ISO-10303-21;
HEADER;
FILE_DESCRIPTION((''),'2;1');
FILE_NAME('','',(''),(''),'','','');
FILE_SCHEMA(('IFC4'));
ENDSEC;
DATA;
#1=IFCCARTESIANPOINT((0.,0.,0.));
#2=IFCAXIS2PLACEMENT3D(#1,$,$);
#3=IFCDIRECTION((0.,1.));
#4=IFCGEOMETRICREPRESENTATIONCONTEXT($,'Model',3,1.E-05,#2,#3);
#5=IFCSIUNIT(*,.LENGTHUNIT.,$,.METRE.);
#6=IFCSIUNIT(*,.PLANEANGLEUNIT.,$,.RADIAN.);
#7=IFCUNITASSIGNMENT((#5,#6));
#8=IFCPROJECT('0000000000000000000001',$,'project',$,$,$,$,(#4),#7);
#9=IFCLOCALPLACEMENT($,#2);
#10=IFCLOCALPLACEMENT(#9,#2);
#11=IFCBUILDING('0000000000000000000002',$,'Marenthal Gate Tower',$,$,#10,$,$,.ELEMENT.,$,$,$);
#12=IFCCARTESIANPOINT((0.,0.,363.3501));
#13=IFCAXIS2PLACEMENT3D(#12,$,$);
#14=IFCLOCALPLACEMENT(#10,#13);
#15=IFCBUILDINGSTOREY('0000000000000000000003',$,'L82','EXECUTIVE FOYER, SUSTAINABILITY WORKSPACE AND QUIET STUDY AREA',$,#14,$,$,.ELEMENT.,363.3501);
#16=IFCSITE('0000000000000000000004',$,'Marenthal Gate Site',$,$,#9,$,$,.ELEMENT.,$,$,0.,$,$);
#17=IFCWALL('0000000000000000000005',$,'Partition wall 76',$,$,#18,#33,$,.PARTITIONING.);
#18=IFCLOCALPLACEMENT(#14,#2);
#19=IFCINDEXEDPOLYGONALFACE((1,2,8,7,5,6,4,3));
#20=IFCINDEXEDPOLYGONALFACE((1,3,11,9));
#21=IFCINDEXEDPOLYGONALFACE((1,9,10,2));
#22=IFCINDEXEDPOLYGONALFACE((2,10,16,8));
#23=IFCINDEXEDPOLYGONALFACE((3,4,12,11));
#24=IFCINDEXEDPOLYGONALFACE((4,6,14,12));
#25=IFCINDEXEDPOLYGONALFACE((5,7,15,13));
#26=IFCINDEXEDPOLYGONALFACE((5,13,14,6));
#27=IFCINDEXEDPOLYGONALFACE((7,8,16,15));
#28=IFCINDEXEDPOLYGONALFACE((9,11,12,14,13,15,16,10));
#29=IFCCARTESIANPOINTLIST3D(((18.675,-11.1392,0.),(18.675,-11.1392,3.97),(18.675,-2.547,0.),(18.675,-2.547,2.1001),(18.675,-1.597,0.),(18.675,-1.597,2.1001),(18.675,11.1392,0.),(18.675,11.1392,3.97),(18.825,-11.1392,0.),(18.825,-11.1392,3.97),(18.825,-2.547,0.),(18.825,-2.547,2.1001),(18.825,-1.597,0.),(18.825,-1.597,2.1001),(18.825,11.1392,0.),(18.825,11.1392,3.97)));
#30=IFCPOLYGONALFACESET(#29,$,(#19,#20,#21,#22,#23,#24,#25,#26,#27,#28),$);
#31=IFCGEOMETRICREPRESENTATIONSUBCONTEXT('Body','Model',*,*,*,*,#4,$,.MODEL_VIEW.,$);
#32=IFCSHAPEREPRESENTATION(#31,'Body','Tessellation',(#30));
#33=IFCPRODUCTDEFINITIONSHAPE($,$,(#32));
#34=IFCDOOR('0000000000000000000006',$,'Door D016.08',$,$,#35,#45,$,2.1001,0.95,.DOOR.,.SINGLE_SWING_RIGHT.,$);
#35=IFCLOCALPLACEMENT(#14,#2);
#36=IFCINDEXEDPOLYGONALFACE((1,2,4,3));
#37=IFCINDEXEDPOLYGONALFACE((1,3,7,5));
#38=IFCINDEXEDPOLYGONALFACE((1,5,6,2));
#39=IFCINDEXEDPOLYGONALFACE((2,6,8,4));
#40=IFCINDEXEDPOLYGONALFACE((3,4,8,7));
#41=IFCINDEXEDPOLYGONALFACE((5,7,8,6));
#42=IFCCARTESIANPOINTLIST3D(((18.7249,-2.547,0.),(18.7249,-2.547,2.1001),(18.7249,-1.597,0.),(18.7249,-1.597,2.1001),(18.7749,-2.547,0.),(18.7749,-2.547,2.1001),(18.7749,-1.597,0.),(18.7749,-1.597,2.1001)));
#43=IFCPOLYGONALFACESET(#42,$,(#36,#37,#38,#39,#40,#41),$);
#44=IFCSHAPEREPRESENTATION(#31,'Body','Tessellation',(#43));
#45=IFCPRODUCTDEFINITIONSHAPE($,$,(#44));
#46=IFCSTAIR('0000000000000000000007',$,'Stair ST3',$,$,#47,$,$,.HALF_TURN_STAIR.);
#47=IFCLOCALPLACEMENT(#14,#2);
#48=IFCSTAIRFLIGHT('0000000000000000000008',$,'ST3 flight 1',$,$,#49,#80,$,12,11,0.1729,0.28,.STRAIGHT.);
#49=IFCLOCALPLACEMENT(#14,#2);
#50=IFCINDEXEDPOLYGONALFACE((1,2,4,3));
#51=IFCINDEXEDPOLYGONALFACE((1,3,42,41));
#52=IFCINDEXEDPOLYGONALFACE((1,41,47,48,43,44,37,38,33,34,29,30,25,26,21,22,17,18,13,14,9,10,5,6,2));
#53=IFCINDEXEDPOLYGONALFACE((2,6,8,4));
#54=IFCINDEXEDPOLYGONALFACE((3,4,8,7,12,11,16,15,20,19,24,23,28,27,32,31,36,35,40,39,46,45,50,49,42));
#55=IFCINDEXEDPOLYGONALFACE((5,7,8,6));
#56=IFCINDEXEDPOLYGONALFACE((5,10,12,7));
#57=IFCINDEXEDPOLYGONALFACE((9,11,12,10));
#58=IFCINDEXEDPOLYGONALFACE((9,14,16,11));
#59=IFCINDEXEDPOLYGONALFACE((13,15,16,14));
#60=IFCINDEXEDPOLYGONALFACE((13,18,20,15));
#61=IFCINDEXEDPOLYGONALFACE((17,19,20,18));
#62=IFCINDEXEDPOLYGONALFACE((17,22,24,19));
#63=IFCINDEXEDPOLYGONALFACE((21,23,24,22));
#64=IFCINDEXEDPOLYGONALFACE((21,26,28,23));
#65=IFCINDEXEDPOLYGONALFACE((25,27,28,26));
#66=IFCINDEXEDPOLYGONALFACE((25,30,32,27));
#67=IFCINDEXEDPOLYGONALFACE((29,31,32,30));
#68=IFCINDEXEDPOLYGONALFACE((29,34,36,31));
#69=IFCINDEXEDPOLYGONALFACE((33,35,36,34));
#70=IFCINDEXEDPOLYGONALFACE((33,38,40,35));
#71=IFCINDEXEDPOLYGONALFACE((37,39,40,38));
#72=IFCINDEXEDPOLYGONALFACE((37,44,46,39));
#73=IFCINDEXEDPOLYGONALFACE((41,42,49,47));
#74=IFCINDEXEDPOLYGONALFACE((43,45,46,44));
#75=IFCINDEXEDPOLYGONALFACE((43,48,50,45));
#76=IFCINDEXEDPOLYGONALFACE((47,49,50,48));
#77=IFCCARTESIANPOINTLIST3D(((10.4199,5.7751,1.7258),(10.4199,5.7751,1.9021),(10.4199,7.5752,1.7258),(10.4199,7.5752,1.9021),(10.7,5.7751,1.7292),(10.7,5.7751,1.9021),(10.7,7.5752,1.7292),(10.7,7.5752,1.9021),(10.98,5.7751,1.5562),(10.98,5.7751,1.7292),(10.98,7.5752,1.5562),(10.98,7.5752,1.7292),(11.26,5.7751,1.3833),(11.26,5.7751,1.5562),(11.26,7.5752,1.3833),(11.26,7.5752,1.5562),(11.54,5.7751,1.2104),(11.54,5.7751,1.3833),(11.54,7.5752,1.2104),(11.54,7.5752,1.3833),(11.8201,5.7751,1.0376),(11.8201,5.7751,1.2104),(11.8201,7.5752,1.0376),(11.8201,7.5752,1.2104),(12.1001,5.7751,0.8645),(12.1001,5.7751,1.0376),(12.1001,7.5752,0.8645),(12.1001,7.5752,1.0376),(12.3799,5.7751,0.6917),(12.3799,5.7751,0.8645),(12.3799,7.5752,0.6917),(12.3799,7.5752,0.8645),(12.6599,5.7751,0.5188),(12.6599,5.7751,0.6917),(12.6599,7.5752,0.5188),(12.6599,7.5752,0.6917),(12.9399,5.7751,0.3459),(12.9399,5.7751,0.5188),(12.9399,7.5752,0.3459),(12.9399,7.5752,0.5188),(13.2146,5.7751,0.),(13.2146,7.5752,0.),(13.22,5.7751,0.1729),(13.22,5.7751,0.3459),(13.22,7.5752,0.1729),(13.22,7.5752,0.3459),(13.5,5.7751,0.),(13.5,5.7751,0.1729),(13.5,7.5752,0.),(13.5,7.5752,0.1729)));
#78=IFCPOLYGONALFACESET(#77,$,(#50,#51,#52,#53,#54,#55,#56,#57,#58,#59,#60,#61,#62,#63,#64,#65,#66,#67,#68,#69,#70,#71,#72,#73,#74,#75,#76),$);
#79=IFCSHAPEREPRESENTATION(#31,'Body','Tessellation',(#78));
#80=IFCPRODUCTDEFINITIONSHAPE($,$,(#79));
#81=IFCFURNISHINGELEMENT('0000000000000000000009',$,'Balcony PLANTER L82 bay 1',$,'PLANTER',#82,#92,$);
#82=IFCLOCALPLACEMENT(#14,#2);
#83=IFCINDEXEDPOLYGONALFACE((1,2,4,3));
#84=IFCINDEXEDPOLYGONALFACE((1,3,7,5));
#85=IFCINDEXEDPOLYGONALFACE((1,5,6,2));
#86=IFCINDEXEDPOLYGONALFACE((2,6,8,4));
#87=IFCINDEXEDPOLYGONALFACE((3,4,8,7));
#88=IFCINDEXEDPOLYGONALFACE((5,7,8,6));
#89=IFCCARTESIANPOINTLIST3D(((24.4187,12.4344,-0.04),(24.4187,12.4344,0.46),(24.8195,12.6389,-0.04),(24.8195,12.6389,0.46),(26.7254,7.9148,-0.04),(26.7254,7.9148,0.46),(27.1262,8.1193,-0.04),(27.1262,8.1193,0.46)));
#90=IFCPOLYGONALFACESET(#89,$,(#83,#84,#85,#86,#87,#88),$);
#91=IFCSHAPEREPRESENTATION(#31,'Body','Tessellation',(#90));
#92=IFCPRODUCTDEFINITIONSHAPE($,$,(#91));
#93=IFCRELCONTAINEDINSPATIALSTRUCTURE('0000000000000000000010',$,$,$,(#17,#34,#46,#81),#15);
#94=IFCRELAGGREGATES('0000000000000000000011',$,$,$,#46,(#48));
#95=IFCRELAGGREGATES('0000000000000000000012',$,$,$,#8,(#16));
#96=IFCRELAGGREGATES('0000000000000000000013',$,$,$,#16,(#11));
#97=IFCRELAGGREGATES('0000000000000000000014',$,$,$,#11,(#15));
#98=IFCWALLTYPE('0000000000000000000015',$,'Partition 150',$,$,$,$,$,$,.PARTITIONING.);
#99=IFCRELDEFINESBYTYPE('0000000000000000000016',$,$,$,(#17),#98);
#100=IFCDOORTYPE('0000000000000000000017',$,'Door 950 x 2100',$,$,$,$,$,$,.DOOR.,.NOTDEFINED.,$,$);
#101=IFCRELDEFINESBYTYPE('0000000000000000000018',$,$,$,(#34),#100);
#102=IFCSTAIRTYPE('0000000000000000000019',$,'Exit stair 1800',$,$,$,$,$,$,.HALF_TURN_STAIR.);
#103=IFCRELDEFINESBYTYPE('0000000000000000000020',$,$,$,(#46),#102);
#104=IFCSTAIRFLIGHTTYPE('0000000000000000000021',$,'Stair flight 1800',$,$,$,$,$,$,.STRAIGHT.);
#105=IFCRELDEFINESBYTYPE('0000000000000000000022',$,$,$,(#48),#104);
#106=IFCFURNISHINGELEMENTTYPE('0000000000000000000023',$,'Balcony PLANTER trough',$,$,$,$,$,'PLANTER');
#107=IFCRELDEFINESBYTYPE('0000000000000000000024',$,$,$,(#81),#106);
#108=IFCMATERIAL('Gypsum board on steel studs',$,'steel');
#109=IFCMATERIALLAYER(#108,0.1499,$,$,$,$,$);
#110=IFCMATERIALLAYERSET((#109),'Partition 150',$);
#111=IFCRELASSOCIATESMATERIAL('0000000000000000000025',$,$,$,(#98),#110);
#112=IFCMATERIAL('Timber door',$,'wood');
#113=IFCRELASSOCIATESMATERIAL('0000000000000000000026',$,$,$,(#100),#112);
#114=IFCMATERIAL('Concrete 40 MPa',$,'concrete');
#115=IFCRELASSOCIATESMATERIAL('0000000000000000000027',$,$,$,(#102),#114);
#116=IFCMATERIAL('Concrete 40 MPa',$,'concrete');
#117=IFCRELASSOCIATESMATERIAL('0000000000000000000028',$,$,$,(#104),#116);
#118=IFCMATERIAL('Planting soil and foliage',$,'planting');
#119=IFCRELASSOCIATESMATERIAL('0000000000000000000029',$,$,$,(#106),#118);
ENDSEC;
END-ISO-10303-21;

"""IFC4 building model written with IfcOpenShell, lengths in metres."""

from ifc_helpers import new_model, si_unit, direction, frame, frame_2d, origin, origin_2d, place, context, subcontext, project, spatial, polyline, rectangle, outline, extrude, material, layer, layer_set, type_object, element, fill, aggregate, save


model = new_model("IFC4")

# Units and contexts
model_context = context("Model", 3, precision=1e-05, world=origin(), true_north=direction((0.0, 1.0)))
body_context = subcontext(model_context, "Body", "Model", "MODEL_VIEW")
ifc_project = project(units=[si_unit("LENGTHUNIT", "METRE"), si_unit("PLANEANGLEUNIT", "RADIAN")], contexts=[model_context])

# Site, building, storey
site_placement = place(None, origin())
site = spatial("IfcSite", under=ifc_project, at=site_placement, Name="Marenthal Gate Site", CompositionType="ELEMENT", RefElevation=0.0)
building_placement = place(site_placement, origin())
building = spatial("IfcBuilding", under=site, at=building_placement, Name="Marenthal Gate Tower", CompositionType="ELEMENT")
storey_placement = place(building_placement, frame((0.0, 0.0, 363.3501)))
storey = spatial("IfcBuildingStorey", under=building, at=storey_placement, Name="L82", Description="EXECUTIVE FOYER, SUSTAINABILITY WORKSPACE AND QUIET STUDY AREA", CompositionType="ELEMENT", Elevation=363.3501)

# Wall, opening, door
ifc_material_1 = material(Name="Gypsum board on steel studs", Category="steel")
ifc_layer_1 = layer(ifc_material_1, 0.1499)
ifc_layer_set_1 = layer_set([ifc_layer_1], Name="Partition 150")
wall_type_1 = type_object("IfcWallType", Name="Partition 150", PredefinedType="PARTITIONING", material=ifc_layer_set_1)
wall_1_placement = place(storey_placement, frame((18.75, 11.1392, 0.0), z_axis=(0.0, 0.0, 1.0), x_axis=(0.0, -1.0, 0.0)))
wall_1 = element("IfcWall", 1, at=wall_1_placement, inside=storey, type_object=wall_type_1, Name="Partition wall 76", PredefinedType="PARTITIONING", context=body_context, shape_type="SweptSolid", body=[
    extrude(rectangle(XDim=22.2783, YDim=0.1499, at=frame_2d((11.1392, 0.0))), origin(), (0.0, 0.0, 1.0), 3.97),
])
opening_1_placement = place(wall_1_placement, frame((12.7361, 0.0, 0.0)))
opening_1 = element("IfcOpeningElement", 2, at=opening_1_placement, cuts=wall_1, PredefinedType="OPENING", context=body_context, shape_type="SweptSolid", body=[
    extrude(rectangle(XDim=0.95, YDim=2.1001, at=frame_2d((0.4751, 1.05))), frame((0.0, 0.085, 0.0), z_axis=(0.0, -1.0, 0.0), x_axis=(1.0, 0.0, 0.0)), (0.0, 0.0, 1.0), 0.1699),
])
ifc_material_2 = material(Name="Timber door", Category="wood")
door_type_1 = type_object("IfcDoorType", Name="Door 950 x 2100", OperationType="NOTDEFINED", PredefinedType="DOOR", material=ifc_material_2)
door_1_placement = place(opening_1_placement, origin())
door_1 = element("IfcDoor", 3, at=door_1_placement, inside=storey, type_object=door_type_1, Name="Door D016.08", OperationType="SINGLE_SWING_RIGHT", OverallHeight=2.1001, OverallWidth=0.95, PredefinedType="DOOR", context=body_context, shape_type="SweptSolid", body=[
    extrude(rectangle(XDim=0.95, YDim=2.1001, at=frame_2d((0.4751, 1.05))), frame((0.0, 0.0249, 0.0), z_axis=(0.0, -1.0, 0.0), x_axis=(1.0, 0.0, 0.0)), (0.0, 0.0, 1.0), 0.05),
])
fill(opening_1, door_1)

# Stair, stair flight
ifc_material_3 = material(Name="Concrete 40 MPa", Category="concrete")
stair_type = type_object("IfcStairType", Name="Exit stair 1800", PredefinedType="HALF_TURN_STAIR", material=ifc_material_3)
stair_placement = place(storey_placement, origin())
stair = element("IfcStair", 4, at=stair_placement, inside=storey, type_object=stair_type, Name="Stair ST3", PredefinedType="HALF_TURN_STAIR")
ifc_material_4 = material(Name="Concrete 40 MPa", Category="concrete")
stair_flight_type = type_object("IfcStairFlightType", Name="Stair flight 1800", PredefinedType="STRAIGHT", material=ifc_material_4)
stair_flight_placement = place(storey_placement, frame((13.5, 6.675, 0.0), z_axis=(0.0, 0.0, 1.0), x_axis=(-1.0, 0.0, 0.0)))
stair_flight = element("IfcStairFlight", 5, at=stair_flight_placement, type_object=stair_flight_type, Name="ST3 flight 1", NumberOfRisers=12, NumberOfTreads=11, PredefinedType="STRAIGHT", RiserHeight=0.1729, TreadLength=0.28, context=body_context, shape_type="SweptSolid", body=[
    extrude(outline(polyline([(0.0, 0.0), (0.0, 0.1729), (0.28, 0.1729), (0.28, 0.3459), (0.5601, 0.3459), (0.5601, 0.5188), (0.8401, 0.5188), (0.8401, 0.6917), (1.1201, 0.6917), (1.1201, 0.8645), (1.3999, 0.8645), (1.3999, 1.0376), (1.6799, 1.0376), (1.6799, 1.2104), (1.96, 1.2104), (1.96, 1.3833), (2.24, 1.3833), (2.24, 1.5562), (2.52, 1.5562), (2.52, 1.7292), (2.8, 1.7292), (2.8, 1.9021), (3.0801, 1.9021), (3.0801, 2.075), (3.0801, 1.7258), (0.2854, 0.0), (0.0, 0.0)])), frame((0.0, 0.8999, 0.0), z_axis=(0.0, -1.0, 0.0), x_axis=(1.0, 0.0, 0.0)), (0.0, 0.0, 1.0), 1.8),
])
aggregate(stair, [stair_flight])

# Furnishing element
ifc_material_5 = material(Name="Planting soil and foliage", Category="planting")
furnishing_element_type = type_object("IfcFurnishingElementType", Name="Balcony PLANTER trough", ElementType="PLANTER", material=ifc_material_5)
furnishing_placement = place(storey_placement, frame((25.7725, 10.2769, -0.04), z_axis=(0.0, 0.0, 1.0), x_axis=(-0.454596, 0.890698, 0.0)))
element("IfcFurnishingElement", 6, at=furnishing_placement, inside=storey, type_object=furnishing_element_type, Name="Balcony PLANTER L82 bay 1", ObjectType="PLANTER", context=body_context, shape_type="SweptSolid", body=[
    extrude(rectangle(XDim=5.0742, YDim=0.45, at=origin_2d()), origin(), (0.0, 0.0, 1.0), 0.5),
])

save(model, "model.ifc")
